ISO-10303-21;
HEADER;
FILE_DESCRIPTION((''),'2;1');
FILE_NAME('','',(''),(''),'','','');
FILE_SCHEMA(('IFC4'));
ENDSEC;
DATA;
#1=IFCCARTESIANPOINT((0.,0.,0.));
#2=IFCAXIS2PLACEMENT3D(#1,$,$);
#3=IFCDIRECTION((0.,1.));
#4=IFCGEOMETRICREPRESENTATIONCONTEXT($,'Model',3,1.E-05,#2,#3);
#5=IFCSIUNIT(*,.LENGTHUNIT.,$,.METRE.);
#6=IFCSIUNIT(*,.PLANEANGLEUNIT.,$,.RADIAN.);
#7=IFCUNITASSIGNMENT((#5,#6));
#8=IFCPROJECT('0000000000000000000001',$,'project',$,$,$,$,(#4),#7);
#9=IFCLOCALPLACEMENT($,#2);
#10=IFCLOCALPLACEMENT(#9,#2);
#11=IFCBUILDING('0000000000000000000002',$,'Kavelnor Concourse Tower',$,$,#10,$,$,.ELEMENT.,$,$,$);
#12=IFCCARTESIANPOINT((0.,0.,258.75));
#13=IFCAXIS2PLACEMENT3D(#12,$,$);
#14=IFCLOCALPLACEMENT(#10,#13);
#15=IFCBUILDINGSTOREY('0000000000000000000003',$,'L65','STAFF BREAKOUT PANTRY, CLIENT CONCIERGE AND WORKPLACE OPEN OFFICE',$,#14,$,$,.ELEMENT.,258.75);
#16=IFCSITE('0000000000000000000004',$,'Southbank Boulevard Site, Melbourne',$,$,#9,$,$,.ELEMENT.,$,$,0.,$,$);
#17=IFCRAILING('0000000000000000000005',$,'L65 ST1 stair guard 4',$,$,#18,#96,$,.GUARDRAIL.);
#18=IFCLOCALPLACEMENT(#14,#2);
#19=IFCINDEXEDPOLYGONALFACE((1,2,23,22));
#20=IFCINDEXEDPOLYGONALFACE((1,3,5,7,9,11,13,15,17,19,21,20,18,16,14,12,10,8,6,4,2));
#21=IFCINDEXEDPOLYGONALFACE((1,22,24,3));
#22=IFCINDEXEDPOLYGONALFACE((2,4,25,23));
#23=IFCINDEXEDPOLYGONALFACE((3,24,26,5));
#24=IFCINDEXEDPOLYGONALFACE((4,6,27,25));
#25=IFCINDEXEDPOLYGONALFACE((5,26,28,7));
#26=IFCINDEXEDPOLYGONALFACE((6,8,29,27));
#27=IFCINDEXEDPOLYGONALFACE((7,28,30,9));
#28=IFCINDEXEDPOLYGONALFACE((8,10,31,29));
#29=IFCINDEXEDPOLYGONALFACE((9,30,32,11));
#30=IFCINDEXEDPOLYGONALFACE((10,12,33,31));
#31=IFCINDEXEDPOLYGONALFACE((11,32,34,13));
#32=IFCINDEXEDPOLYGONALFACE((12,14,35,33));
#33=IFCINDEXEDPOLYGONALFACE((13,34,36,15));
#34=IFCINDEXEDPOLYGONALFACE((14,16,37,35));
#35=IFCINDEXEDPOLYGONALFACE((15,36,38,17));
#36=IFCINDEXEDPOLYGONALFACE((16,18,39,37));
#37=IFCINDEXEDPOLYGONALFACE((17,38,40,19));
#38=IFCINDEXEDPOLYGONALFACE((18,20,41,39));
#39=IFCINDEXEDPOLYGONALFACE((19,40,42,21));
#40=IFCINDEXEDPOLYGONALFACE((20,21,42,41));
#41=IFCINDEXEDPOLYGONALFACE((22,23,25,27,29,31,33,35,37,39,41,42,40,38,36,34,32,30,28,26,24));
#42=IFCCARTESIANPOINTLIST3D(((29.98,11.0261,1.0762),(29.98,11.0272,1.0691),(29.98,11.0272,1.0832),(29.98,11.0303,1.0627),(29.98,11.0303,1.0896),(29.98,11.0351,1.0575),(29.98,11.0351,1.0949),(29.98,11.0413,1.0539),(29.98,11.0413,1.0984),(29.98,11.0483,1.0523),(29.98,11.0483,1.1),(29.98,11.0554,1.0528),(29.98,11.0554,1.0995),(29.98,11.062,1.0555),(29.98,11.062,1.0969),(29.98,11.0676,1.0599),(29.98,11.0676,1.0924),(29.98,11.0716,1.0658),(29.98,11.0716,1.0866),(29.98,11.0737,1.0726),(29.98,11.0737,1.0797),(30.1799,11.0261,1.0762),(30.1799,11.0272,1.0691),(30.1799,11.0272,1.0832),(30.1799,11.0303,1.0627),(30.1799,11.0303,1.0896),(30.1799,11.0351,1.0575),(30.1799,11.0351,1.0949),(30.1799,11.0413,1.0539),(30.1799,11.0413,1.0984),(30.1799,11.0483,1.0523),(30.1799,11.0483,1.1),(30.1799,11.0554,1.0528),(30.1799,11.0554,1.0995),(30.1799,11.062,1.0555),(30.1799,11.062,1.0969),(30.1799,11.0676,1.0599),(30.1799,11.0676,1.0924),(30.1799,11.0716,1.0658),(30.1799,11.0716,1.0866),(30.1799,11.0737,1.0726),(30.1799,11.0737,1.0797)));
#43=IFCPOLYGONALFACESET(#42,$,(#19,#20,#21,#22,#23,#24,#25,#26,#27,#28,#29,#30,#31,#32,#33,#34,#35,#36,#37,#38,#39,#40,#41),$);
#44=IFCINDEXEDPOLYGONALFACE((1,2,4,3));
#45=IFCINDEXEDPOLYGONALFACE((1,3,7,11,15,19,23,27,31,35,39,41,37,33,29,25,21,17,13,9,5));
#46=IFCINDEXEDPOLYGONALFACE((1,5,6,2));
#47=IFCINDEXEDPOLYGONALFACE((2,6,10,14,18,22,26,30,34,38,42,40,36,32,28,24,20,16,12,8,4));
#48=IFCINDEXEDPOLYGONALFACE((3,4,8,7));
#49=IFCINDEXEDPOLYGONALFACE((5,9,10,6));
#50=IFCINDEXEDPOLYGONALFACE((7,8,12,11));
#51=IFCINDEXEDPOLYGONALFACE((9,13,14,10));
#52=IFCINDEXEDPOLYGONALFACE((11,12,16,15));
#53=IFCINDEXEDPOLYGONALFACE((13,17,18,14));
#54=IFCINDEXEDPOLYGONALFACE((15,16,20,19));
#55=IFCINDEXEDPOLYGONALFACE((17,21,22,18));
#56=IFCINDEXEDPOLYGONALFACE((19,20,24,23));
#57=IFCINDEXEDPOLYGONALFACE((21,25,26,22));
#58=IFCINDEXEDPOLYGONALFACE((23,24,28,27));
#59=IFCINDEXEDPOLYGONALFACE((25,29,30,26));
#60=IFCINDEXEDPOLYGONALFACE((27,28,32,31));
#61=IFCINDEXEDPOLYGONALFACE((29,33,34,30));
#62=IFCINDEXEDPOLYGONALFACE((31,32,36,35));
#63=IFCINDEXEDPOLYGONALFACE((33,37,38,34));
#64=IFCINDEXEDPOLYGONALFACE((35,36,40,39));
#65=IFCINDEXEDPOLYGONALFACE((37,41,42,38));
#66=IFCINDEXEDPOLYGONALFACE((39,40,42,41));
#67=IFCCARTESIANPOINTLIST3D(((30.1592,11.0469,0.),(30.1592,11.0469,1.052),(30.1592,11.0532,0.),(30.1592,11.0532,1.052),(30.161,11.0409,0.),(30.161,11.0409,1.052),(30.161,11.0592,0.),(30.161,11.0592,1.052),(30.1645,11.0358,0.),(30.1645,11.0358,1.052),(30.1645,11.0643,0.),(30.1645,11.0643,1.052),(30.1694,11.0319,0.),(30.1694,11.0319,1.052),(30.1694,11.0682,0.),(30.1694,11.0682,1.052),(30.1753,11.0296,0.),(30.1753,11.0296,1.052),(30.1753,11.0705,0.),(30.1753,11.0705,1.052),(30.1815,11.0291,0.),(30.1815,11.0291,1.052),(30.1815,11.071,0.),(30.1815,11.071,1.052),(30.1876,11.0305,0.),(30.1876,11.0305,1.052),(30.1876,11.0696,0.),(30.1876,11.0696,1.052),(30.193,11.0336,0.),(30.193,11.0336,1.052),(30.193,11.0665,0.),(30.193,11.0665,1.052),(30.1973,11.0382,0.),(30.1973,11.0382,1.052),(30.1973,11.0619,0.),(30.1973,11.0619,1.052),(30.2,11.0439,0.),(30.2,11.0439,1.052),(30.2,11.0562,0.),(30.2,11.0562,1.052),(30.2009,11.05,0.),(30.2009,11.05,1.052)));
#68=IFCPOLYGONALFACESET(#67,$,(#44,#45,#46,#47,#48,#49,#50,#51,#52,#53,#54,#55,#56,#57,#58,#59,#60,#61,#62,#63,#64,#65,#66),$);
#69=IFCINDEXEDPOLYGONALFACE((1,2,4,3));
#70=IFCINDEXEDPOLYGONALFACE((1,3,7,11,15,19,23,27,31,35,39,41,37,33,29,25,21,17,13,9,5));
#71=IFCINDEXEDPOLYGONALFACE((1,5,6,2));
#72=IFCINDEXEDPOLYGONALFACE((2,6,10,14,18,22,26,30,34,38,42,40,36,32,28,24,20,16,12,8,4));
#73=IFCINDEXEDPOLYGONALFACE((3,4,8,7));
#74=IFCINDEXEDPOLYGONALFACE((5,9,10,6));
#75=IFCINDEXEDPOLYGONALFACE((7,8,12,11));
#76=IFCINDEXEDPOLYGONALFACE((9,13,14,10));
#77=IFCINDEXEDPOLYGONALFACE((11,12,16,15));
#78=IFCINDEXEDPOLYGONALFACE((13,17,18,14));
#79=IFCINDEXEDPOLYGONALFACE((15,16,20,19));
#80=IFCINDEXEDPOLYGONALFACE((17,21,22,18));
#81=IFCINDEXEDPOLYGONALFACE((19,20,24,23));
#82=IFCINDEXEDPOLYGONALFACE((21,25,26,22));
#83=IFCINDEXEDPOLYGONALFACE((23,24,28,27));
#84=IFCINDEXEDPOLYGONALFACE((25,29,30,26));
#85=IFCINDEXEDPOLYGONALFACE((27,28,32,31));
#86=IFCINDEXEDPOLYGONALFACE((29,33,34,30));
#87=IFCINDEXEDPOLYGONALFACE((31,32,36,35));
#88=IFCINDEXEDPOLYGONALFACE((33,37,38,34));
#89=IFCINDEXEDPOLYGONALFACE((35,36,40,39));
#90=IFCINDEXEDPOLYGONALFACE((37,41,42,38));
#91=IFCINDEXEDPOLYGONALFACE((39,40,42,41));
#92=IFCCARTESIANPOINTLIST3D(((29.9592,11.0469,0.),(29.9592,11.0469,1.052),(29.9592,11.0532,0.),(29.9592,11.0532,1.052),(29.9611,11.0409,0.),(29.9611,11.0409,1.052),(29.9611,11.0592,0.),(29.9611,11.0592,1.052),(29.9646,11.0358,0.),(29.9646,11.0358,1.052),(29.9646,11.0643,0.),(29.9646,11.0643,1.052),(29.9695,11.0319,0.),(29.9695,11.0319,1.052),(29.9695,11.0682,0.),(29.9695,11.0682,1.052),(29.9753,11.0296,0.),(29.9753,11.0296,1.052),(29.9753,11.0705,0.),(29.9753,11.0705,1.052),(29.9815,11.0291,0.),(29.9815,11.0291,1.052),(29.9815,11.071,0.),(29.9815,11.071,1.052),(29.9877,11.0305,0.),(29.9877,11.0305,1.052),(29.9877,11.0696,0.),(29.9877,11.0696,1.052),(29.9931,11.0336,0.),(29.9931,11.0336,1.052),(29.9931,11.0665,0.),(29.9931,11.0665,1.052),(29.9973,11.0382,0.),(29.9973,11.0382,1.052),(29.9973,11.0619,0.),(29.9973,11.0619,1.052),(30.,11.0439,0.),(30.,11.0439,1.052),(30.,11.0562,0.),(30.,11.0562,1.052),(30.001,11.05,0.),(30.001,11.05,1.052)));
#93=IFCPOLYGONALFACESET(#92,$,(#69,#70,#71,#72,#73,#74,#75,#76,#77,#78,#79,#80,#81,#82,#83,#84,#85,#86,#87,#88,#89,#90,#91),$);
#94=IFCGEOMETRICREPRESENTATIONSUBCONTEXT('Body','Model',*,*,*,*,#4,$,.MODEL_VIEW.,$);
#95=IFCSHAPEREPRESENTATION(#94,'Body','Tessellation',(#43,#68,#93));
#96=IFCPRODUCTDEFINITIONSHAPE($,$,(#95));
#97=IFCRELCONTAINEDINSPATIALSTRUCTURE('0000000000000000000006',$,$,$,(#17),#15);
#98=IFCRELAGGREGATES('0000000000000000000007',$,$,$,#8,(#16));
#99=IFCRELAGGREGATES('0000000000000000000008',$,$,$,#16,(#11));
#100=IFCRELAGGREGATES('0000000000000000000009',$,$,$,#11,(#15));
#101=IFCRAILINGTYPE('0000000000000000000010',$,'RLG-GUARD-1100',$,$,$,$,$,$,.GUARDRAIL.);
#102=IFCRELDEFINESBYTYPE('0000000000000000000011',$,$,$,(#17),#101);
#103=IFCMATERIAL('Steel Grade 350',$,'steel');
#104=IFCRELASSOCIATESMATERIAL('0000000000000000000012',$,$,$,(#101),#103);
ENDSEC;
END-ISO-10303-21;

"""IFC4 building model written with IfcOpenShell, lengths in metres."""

from ifc_helpers import new_model, si_unit, direction, frame, origin, origin_2d, place, context, subcontext, project, spatial, circle, extrude, material, type_object, element, save


model = new_model("IFC4")

# Units and contexts
model_context = context("Model", 3, precision=1e-05, world=origin(), true_north=direction((0.0, 1.0)))
body_context = subcontext(model_context, "Body", "Model", "MODEL_VIEW")
ifc_project = project(units=[si_unit("LENGTHUNIT", "METRE"), si_unit("PLANEANGLEUNIT", "RADIAN")], contexts=[model_context])

# Site, building, storey
site_placement = place(None, origin())
site = spatial("IfcSite", under=ifc_project, at=site_placement, Name="Southbank Boulevard Site, Melbourne", CompositionType="ELEMENT", RefElevation=0.0)
building_placement = place(site_placement, origin())
building = spatial("IfcBuilding", under=site, at=building_placement, Name="Kavelnor Concourse Tower", CompositionType="ELEMENT")
storey_placement = place(building_placement, frame((0.0, 0.0, 258.75)))
storey = spatial("IfcBuildingStorey", under=building, at=storey_placement, Name="L65", Description="STAFF BREAKOUT PANTRY, CLIENT CONCIERGE AND WORKPLACE OPEN OFFICE", CompositionType="ELEMENT", Elevation=258.75)

# Shared definitions
ifc_material_1 = material(Name="Steel Grade 350", Category="steel")

# Railing
railing_type_1 = type_object("IfcRailingType", Name="RLG-GUARD-1100", PredefinedType="GUARDRAIL", material=ifc_material_1)
railing_1_placement = place(storey_placement, frame((30.1799, 11.05, 0.0)))
element("IfcRailing", 1, at=railing_1_placement, inside=storey, type_object=railing_type_1, Name="L65 ST1 stair guard 4", PredefinedType="GUARDRAIL", context=body_context, shape_type="SweptSolid", body=[
    extrude(circle(Radius=0.0239, at=origin_2d()), frame((0.0, 0.0, 1.0762), z_axis=(-1.0, 0.0, 0.0), x_axis=(0.0, -1.0, 0.0)), (0.0, 0.0, 1.0), 0.2),
    extrude(circle(Radius=0.021, at=origin_2d()), origin(), (0.0, 0.0, 1.0), 1.052),
    extrude(circle(Radius=0.021, at=origin_2d()), frame((-0.2, 0.0, 0.0)), (0.0, 0.0, 1.0), 1.052),
])

save(model, "model.ifc")
